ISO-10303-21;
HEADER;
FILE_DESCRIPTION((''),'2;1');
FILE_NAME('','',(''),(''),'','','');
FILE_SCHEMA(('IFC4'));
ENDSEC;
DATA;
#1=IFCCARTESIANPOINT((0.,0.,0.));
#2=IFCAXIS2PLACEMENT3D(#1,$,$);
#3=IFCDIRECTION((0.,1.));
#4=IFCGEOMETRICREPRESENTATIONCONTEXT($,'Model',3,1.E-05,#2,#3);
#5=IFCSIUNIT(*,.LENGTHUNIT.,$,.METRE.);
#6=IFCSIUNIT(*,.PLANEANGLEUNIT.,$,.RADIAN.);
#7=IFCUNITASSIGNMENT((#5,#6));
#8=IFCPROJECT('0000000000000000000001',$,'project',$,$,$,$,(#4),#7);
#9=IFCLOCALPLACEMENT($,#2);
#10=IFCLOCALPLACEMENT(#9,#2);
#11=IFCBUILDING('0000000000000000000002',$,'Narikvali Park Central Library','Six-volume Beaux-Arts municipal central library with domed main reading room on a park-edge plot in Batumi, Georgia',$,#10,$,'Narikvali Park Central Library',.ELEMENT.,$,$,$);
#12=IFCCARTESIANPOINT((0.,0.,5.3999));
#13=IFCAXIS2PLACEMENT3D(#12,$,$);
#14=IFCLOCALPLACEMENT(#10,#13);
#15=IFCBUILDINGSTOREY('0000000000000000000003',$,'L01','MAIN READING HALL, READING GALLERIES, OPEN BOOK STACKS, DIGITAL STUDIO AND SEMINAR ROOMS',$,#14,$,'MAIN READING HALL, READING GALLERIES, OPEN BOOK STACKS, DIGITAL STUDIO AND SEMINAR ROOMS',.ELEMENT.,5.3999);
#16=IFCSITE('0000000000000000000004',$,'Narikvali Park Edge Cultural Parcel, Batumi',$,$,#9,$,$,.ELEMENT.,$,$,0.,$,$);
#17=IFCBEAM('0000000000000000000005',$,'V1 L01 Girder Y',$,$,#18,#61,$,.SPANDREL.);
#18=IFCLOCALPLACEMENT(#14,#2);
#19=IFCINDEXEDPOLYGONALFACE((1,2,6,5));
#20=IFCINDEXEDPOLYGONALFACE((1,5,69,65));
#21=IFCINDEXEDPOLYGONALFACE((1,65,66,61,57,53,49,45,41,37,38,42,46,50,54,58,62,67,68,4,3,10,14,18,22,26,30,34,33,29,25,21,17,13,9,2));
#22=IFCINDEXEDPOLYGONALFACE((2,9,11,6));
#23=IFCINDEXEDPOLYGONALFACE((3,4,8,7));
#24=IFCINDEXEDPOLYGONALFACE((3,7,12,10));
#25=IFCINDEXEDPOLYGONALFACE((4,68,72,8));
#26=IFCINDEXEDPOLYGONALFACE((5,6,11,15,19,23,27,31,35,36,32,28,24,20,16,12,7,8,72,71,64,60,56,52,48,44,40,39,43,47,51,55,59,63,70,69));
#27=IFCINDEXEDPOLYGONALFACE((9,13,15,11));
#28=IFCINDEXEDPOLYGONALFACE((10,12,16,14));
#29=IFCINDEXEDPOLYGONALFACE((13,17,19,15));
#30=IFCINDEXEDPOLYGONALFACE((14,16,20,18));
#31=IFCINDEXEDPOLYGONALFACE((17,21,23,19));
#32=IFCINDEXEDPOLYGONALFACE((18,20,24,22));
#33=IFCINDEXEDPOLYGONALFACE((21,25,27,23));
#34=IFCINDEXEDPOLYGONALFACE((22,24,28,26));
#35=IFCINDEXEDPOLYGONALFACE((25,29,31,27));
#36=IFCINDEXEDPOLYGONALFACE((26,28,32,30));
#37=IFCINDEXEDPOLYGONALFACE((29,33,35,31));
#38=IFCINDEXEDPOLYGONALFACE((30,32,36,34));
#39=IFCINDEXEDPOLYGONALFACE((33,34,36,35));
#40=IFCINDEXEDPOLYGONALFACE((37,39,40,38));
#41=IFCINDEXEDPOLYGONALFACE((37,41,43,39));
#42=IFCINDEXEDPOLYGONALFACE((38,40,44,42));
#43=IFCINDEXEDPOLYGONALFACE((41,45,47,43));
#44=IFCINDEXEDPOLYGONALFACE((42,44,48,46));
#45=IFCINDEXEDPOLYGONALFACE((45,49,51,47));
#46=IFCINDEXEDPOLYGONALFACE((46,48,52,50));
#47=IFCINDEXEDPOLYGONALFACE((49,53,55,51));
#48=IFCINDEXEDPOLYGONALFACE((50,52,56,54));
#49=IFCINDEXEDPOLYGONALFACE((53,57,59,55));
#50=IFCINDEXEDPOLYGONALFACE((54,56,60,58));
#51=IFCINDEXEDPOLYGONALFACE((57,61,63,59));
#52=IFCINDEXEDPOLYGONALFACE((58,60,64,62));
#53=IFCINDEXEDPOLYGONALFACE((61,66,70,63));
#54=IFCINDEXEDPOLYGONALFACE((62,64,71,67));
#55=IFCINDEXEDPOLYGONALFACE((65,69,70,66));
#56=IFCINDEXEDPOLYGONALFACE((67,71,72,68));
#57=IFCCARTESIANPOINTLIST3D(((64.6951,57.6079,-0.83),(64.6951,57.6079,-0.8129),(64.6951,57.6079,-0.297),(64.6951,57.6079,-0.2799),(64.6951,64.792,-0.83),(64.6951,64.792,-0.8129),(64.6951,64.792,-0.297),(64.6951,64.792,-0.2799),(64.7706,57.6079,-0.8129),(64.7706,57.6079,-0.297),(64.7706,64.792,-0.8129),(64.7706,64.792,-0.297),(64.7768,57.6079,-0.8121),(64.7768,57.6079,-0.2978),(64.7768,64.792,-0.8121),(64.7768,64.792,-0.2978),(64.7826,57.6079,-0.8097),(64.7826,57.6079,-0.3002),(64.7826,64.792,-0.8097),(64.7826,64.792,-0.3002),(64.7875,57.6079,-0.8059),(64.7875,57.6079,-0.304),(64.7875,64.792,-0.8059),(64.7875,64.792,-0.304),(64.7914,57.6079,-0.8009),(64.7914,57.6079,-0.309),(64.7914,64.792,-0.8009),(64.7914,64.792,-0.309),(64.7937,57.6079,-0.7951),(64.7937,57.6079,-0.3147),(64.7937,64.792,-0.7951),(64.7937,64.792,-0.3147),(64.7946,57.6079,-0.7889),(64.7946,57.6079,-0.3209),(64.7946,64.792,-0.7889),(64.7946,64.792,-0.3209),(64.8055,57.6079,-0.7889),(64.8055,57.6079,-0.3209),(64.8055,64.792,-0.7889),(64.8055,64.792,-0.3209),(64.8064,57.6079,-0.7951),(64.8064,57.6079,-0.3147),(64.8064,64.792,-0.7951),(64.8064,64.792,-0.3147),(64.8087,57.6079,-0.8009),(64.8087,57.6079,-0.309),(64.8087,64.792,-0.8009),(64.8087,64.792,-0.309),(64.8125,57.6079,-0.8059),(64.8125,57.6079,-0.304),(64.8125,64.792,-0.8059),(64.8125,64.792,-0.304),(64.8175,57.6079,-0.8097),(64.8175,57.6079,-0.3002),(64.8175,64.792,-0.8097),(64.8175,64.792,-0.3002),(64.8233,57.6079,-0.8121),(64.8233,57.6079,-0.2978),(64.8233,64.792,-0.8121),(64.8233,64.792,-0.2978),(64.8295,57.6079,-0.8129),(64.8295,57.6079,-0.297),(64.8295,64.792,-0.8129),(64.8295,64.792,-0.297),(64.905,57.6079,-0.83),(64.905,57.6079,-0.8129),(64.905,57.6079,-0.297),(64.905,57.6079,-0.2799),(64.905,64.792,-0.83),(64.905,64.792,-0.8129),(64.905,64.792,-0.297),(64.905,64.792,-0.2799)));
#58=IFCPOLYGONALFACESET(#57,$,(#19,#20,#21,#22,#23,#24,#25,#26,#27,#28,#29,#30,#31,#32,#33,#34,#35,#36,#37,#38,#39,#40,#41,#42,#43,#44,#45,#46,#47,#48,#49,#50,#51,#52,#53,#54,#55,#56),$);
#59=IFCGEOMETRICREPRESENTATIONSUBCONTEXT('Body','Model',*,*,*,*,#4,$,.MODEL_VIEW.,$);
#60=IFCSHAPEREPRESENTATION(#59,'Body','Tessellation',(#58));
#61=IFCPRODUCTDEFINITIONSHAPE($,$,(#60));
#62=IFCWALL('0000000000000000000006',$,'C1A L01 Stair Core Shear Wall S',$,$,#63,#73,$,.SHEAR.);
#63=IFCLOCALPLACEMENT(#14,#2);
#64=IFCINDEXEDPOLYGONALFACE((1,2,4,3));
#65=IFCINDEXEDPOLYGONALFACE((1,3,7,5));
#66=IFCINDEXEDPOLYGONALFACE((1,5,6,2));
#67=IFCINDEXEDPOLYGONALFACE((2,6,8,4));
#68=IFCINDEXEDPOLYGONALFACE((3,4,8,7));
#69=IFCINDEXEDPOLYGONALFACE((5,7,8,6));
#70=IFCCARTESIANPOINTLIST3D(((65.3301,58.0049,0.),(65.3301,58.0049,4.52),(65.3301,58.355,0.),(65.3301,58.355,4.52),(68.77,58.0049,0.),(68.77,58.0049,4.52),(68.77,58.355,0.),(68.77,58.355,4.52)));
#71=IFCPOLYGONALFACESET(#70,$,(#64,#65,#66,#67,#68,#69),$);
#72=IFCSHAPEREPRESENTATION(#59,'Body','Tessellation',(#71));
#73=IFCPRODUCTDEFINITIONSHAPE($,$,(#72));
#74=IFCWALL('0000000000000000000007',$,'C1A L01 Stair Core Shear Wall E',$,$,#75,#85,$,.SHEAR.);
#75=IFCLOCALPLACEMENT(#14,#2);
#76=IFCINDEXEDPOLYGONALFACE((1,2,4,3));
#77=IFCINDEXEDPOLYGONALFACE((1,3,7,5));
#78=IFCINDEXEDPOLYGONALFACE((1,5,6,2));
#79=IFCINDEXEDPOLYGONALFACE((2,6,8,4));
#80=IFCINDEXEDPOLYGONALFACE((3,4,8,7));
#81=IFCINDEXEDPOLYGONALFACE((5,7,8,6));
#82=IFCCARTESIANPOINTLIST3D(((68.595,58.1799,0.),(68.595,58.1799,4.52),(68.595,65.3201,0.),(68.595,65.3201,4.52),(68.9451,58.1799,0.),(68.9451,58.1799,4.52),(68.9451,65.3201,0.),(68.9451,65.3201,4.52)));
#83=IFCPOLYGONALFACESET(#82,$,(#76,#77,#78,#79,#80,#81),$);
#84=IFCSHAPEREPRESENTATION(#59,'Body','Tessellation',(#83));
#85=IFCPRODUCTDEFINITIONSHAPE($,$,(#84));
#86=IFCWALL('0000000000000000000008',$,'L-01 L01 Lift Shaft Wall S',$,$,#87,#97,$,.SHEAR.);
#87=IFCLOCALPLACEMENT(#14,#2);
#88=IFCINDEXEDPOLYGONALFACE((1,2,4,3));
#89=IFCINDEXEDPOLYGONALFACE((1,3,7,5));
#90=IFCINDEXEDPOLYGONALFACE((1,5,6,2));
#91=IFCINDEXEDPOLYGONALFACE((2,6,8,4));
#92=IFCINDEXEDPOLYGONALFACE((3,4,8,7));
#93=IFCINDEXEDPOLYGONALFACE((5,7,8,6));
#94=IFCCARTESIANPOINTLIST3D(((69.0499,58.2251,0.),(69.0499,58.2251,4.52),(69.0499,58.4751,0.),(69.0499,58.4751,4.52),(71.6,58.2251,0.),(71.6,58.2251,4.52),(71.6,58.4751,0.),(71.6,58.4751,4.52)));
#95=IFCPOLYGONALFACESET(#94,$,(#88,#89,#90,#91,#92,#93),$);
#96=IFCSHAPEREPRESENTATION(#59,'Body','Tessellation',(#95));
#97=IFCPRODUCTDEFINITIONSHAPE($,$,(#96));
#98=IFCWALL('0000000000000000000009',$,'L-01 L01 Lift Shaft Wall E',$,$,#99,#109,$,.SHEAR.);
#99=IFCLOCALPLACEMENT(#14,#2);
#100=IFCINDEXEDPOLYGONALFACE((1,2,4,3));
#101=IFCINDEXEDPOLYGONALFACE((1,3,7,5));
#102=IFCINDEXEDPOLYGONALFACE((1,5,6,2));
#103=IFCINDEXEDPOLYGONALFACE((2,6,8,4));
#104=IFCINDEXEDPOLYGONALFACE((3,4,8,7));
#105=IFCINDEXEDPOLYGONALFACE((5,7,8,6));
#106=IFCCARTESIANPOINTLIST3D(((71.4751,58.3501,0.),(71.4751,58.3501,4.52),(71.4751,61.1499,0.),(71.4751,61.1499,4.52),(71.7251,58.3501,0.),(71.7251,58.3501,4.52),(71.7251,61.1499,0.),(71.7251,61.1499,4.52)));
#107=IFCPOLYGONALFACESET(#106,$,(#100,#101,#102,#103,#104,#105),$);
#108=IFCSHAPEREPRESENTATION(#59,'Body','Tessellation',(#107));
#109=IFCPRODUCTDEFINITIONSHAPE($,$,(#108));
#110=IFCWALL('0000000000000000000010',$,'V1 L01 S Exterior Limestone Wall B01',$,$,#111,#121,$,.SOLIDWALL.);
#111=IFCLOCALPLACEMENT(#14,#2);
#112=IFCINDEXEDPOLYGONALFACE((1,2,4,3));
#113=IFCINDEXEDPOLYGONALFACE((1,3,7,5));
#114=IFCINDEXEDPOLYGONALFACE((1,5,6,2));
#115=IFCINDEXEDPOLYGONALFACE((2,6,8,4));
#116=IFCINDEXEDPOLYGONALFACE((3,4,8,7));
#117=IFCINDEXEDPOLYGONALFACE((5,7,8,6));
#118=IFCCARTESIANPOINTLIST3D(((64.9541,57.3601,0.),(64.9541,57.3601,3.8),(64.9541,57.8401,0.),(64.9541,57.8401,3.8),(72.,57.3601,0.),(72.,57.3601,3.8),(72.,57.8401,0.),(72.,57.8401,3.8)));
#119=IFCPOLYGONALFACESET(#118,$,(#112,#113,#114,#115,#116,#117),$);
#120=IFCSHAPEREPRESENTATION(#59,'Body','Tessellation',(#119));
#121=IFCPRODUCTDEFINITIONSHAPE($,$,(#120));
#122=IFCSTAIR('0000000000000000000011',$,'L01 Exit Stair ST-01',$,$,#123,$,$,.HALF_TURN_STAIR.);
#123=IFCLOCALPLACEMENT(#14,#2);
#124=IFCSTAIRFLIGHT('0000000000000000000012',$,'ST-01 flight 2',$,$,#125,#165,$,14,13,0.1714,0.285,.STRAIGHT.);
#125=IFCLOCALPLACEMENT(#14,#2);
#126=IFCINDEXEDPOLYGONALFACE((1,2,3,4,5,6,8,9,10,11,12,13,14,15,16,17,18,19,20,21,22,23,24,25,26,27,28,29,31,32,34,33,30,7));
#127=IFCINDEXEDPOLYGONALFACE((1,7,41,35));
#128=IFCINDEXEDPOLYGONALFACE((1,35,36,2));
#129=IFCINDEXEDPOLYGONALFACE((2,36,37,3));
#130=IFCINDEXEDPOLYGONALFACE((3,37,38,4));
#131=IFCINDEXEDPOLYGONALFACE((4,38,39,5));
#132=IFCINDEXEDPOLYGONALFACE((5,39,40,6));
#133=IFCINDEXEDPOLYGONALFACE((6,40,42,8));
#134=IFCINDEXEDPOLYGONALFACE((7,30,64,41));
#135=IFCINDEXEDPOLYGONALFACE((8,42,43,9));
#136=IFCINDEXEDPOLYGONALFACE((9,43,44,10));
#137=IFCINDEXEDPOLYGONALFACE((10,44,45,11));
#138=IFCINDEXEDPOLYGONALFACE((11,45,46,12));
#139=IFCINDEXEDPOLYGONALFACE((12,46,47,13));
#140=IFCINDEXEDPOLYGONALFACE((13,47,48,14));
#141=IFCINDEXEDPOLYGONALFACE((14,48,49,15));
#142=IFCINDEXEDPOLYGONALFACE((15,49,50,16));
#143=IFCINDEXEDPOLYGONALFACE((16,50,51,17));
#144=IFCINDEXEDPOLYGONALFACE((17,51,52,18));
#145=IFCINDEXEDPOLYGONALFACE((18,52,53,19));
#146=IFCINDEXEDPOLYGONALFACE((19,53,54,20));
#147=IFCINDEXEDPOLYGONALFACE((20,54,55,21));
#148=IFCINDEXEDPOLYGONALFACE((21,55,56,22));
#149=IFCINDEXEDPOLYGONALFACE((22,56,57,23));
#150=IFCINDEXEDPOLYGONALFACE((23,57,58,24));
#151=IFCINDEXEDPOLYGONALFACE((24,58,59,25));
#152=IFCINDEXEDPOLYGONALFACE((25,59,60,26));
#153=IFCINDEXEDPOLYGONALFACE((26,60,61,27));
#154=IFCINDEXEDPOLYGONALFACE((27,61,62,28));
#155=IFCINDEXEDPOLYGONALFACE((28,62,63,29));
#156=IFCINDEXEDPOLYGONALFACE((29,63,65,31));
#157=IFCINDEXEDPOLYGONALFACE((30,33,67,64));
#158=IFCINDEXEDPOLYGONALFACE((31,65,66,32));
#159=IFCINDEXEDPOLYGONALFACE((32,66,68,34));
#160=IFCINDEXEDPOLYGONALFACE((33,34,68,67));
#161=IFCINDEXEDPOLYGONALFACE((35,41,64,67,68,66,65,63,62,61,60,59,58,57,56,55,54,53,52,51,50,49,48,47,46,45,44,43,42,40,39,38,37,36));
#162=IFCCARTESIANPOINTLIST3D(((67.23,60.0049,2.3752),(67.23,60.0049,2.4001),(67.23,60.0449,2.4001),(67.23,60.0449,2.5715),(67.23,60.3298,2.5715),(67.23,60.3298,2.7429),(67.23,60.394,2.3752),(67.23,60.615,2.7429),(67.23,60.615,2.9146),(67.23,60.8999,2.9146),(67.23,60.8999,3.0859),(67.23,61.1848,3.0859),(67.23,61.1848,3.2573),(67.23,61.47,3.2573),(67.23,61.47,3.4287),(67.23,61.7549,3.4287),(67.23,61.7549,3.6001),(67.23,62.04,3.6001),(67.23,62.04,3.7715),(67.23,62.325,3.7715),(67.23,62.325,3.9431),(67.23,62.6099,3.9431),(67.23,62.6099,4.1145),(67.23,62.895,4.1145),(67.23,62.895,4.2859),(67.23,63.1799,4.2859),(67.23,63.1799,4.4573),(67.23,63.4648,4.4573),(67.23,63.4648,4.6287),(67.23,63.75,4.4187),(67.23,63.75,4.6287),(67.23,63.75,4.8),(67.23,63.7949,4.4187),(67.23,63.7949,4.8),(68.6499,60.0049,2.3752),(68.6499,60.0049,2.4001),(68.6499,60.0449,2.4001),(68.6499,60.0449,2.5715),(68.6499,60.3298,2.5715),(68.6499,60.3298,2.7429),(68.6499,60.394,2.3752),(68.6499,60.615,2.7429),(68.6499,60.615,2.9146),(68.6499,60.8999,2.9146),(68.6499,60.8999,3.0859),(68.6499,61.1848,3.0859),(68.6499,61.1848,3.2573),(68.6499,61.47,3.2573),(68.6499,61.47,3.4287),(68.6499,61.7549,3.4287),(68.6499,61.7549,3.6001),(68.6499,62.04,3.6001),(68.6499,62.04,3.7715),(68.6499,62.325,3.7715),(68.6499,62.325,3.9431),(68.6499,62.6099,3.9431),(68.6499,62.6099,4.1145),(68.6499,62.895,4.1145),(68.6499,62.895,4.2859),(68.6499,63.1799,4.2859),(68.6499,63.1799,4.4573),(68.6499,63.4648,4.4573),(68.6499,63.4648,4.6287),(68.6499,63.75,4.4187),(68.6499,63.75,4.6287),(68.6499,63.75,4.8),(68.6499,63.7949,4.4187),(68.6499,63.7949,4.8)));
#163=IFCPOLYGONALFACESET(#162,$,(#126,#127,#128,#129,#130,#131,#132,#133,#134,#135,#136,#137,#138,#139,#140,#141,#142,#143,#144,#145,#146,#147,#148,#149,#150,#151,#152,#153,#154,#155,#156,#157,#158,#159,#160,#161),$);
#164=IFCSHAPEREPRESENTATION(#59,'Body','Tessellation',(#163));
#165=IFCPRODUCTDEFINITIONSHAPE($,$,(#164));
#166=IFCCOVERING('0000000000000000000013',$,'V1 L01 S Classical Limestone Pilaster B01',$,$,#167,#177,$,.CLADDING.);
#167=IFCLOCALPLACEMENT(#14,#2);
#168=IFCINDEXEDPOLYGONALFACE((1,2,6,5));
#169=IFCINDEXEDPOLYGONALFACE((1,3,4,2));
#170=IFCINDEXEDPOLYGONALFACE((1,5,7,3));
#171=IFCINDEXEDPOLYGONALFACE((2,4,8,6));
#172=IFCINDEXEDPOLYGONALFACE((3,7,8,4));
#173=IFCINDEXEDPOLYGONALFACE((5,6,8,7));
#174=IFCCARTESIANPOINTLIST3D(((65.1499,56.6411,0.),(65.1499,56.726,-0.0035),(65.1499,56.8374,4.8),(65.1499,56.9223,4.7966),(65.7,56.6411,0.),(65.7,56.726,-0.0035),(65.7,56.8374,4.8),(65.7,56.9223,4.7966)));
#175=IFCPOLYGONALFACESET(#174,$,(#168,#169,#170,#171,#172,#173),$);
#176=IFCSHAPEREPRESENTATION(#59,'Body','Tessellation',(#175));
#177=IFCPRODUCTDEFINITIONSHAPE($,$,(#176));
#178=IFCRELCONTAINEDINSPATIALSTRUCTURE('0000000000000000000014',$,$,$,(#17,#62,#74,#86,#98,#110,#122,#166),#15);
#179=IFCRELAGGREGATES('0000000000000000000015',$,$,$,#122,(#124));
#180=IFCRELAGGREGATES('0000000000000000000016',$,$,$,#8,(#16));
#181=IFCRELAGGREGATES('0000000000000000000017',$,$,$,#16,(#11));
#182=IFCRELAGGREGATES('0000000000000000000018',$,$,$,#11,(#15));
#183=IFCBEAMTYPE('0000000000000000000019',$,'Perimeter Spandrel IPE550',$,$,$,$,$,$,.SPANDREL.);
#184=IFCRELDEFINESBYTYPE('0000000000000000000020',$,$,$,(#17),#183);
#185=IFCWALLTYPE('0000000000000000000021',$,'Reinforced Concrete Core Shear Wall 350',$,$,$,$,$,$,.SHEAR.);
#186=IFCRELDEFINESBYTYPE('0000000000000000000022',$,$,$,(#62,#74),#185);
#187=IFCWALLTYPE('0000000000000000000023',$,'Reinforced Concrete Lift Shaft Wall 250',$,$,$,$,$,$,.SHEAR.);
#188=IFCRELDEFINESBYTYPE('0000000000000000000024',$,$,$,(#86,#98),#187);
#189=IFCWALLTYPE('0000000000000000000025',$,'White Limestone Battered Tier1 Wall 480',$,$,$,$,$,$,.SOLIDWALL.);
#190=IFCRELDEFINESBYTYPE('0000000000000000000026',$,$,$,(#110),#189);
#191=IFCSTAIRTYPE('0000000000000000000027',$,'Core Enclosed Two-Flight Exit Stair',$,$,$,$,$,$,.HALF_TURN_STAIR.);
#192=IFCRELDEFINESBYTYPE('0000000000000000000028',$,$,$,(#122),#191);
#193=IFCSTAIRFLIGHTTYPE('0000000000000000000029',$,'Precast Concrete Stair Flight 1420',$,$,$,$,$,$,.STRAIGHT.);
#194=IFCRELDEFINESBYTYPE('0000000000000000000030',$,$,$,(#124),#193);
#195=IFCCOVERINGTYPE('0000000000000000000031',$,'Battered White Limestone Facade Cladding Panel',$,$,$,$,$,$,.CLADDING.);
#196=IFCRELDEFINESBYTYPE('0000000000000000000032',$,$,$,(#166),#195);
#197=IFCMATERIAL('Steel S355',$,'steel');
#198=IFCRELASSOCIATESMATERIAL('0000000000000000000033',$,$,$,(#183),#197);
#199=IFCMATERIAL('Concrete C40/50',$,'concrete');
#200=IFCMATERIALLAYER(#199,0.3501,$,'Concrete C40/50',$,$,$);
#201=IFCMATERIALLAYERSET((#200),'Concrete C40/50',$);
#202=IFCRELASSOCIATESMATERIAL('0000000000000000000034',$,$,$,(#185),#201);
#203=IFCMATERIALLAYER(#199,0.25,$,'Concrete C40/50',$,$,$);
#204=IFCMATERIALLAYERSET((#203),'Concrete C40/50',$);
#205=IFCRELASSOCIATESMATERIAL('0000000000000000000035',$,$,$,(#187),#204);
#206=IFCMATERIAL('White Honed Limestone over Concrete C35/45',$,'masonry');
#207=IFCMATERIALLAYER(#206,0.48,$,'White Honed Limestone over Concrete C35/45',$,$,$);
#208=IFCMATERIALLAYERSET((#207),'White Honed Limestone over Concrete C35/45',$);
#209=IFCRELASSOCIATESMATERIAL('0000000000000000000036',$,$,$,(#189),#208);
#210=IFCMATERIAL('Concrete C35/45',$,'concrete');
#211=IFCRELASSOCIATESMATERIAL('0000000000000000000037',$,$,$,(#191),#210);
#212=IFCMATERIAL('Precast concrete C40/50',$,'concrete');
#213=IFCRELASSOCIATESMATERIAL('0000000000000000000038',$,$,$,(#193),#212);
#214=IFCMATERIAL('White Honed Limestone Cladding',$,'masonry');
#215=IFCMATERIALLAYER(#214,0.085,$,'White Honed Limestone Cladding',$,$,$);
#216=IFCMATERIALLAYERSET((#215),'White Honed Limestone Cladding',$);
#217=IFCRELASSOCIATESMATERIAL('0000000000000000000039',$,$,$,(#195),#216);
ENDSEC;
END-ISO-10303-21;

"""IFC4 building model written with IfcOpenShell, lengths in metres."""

from ifc_helpers import new_model, si_unit, direction, frame, frame_2d, origin, origin_2d, place, context, subcontext, project, spatial, polyline, rectangle, i_section, outline, extrude, material, layer, layer_set, material_profile, profile_set, type_object, element, aggregate, save


model = new_model("IFC4")

# Units and contexts
model_context = context("Model", 3, precision=1e-05, world=origin(), true_north=direction((0.0, 1.0)))
body_context = subcontext(model_context, "Body", "Model", "MODEL_VIEW")
ifc_project = project(units=[si_unit("LENGTHUNIT", "METRE"), si_unit("PLANEANGLEUNIT", "RADIAN")], contexts=[model_context])

# Site, building, storey
site_placement = place(None, origin())
site = spatial("IfcSite", under=ifc_project, at=site_placement, Name="Narikvali Park Edge Cultural Parcel, Batumi", CompositionType="ELEMENT", RefElevation=0.0)
building_placement = place(site_placement, origin())
building = spatial("IfcBuilding", under=site, at=building_placement, Name="Narikvali Park Central Library", Description="Six-volume Beaux-Arts municipal central library with domed main reading room on a park-edge plot in Batumi, Georgia", LongName="Narikvali Park Central Library", CompositionType="ELEMENT")
storey_placement = place(building_placement, frame((0.0, 0.0, 5.3999)))
storey = spatial("IfcBuildingStorey", under=building, at=storey_placement, Name="L01", Description="MAIN READING HALL, READING GALLERIES, OPEN BOOK STACKS, DIGITAL STUDIO AND SEMINAR ROOMS", LongName="MAIN READING HALL, READING GALLERIES, OPEN BOOK STACKS, DIGITAL STUDIO AND SEMINAR ROOMS", CompositionType="ELEMENT", Elevation=5.3999)

# Shared definitions
ifc_material_1 = material(Name="Steel S355", Category="steel")

# Beam
ifc_material_profile_1 = material_profile(ifc_material_1, i_section(OverallWidth=0.21, OverallDepth=0.55, WebThickness=0.011, FlangeThickness=0.0171, FilletRadius=0.0239, at=origin_2d()), Name="IPE 550")
ifc_profile_set_1 = profile_set([ifc_material_profile_1], Name="Steel S355")
beam_type_1 = type_object("IfcBeamType", Name="Perimeter Spandrel IPE550", PredefinedType="SPANDREL", material=ifc_profile_set_1)
beam_1_placement = place(storey_placement, frame((64.8, 57.6079, -0.5549), z_axis=(0.0, 1.0, 0.0), x_axis=(-1.0, 0.0, 0.0)))
element("IfcBeam", 1, at=beam_1_placement, inside=storey, type_object=beam_type_1, Name="V1 L01 Girder Y", PredefinedType="SPANDREL", context=body_context, shape_type="SweptSolid", body=[
    extrude(i_section(OverallWidth=0.21, OverallDepth=0.55, WebThickness=0.011, FlangeThickness=0.0171, FilletRadius=0.0239, at=origin_2d()), origin(), (0.0, 0.0, 1.0), 7.1841),
])

# Walls
ifc_material_2 = material(Name="Concrete C40/50", Category="concrete")
ifc_layer_1 = layer(ifc_material_2, 0.3501, Name="Concrete C40/50")
ifc_layer_set_1 = layer_set([ifc_layer_1], Name="Concrete C40/50")
wall_type_1 = type_object("IfcWallType", Name="Reinforced Concrete Core Shear Wall 350", PredefinedType="SHEAR", material=ifc_layer_set_1)
wall_1_placement = place(storey_placement, frame((65.3301, 58.1799, 0.0), z_axis=(0.0, 0.0, 1.0), x_axis=(1.0, 0.0, 0.0)))
element("IfcWall", 2, at=wall_1_placement, inside=storey, type_object=wall_type_1, Name="C1A L01 Stair Core Shear Wall S", PredefinedType="SHEAR", context=body_context, shape_type="SweptSolid", body=[
    extrude(rectangle(XDim=3.4399, YDim=0.3501, at=frame_2d((1.72, 0.0))), origin(), (0.0, 0.0, 1.0), 4.52),
])
wall_2_placement = place(storey_placement, frame((68.77, 58.1799, 0.0), z_axis=(0.0, 0.0, 1.0), x_axis=(0.0, 1.0, 0.0)))
element("IfcWall", 3, at=wall_2_placement, inside=storey, type_object=wall_type_1, Name="C1A L01 Stair Core Shear Wall E", PredefinedType="SHEAR", context=body_context, shape_type="SweptSolid", body=[
    extrude(rectangle(XDim=7.1401, YDim=0.3501, at=frame_2d((3.5701, 0.0))), origin(), (0.0, 0.0, 1.0), 4.52),
])
ifc_layer_2 = layer(ifc_material_2, 0.25, Name="Concrete C40/50")
ifc_layer_set_2 = layer_set([ifc_layer_2], Name="Concrete C40/50")
wall_type_2 = type_object("IfcWallType", Name="Reinforced Concrete Lift Shaft Wall 250", PredefinedType="SHEAR", material=ifc_layer_set_2)
wall_3_placement = place(storey_placement, frame((69.05, 58.3501, 0.0), z_axis=(0.0, 0.0, 1.0), x_axis=(1.0, 0.0, 0.0)))
element("IfcWall", 4, at=wall_3_placement, inside=storey, type_object=wall_type_2, Name="L-01 L01 Lift Shaft Wall S", PredefinedType="SHEAR", context=body_context, shape_type="SweptSolid", body=[
    extrude(rectangle(XDim=2.55, YDim=0.25, at=frame_2d((1.2749, 0.0))), origin(), (0.0, 0.0, 1.0), 4.52),
])
wall_4_placement = place(storey_placement, frame((71.6001, 58.3501, 0.0), z_axis=(0.0, 0.0, 1.0), x_axis=(0.0, 1.0, 0.0)))
element("IfcWall", 5, at=wall_4_placement, inside=storey, type_object=wall_type_2, Name="L-01 L01 Lift Shaft Wall E", PredefinedType="SHEAR", context=body_context, shape_type="SweptSolid", body=[
    extrude(rectangle(XDim=2.7998, YDim=0.25, at=frame_2d((1.3999, 0.0))), origin(), (0.0, 0.0, 1.0), 4.52),
])
ifc_material_3 = material(Name="White Honed Limestone over Concrete C35/45", Category="masonry")
ifc_layer_3 = layer(ifc_material_3, 0.48, Name="White Honed Limestone over Concrete C35/45")
ifc_layer_set_3 = layer_set([ifc_layer_3], Name="White Honed Limestone over Concrete C35/45")
wall_type_3 = type_object("IfcWallType", Name="White Limestone Battered Tier1 Wall 480", PredefinedType="SOLIDWALL", material=ifc_layer_set_3)
wall_5_placement = place(storey_placement, frame((64.9541, 57.6001, 0.0), z_axis=(0.0, 0.0, 1.0), x_axis=(1.0, 0.0, 0.0)))
element("IfcWall", 6, at=wall_5_placement, inside=storey, type_object=wall_type_3, Name="V1 L01 S Exterior Limestone Wall B01", PredefinedType="SOLIDWALL", context=body_context, shape_type="SweptSolid", body=[
    extrude(rectangle(XDim=7.0459, YDim=0.48, at=frame_2d((3.5229, 0.0))), origin(), (0.0, 0.0, 1.0), 3.8),
])

# Stair, stair flight
ifc_material_4 = material(Name="Concrete C35/45", Category="concrete")
stair_type = type_object("IfcStairType", Name="Core Enclosed Two-Flight Exit Stair", PredefinedType="HALF_TURN_STAIR", material=ifc_material_4)
stair_placement = place(storey_placement, origin())
stair = element("IfcStair", 7, at=stair_placement, inside=storey, type_object=stair_type, Name="L01 Exit Stair ST-01", PredefinedType="HALF_TURN_STAIR")
ifc_material_5 = material(Name="Precast concrete C40/50", Category="concrete")
stair_flight_type = type_object("IfcStairFlightType", Name="Precast Concrete Stair Flight 1420", PredefinedType="STRAIGHT", material=ifc_material_5)
stair_flight_placement = place(storey_placement, frame((67.9399, 60.0449, 2.4001), z_axis=(0.0, 0.0, 1.0), x_axis=(0.0, 1.0, 0.0)))
stair_flight = element("IfcStairFlight", 8, at=stair_flight_placement, type_object=stair_flight_type, Name="ST-01 flight 2", NumberOfRisers=14, NumberOfTreads=13, PredefinedType="STRAIGHT", RiserHeight=0.1714, TreadLength=0.285, context=body_context, shape_type="SweptSolid", body=[
    extrude(outline(polyline([(-0.04, -0.0249), (-0.04, 0.0), (0.0, 0.0), (0.0, 0.1714), (0.2849, 0.1714), (0.2849, 0.3428), (0.5701, 0.3428), (0.5701, 0.5144), (0.855, 0.5144), (0.855, 0.6858), (1.1399, 0.6858), (1.1399, 0.8572), (1.425, 0.8572), (1.425, 1.0286), (1.71, 1.0286), (1.71, 1.2), (1.9951, 1.2), (1.9951, 1.3713), (2.28, 1.3713), (2.28, 1.543), (2.5649, 1.543), (2.5649, 1.7144), (2.8501, 1.7144), (2.8501, 1.8857), (3.135, 1.8857), (3.135, 2.0571), (3.4199, 2.0571), (3.4199, 2.2285), (3.7051, 2.2285), (3.7051, 2.3999), (3.75, 2.3999), (3.75, 2.0186), (3.7051, 2.0186), (0.3491, -0.0249), (-0.04, -0.0249)])), frame((0.0, 0.71, 0.0), z_axis=(0.0, -1.0, 0.0), x_axis=(1.0, 0.0, 0.0)), (0.0, 0.0, 1.0), 1.4199),
])
aggregate(stair, [stair_flight])

# Covering
ifc_material_6 = material(Name="White Honed Limestone Cladding", Category="masonry")
ifc_layer_4 = layer(ifc_material_6, 0.085, Name="White Honed Limestone Cladding")
ifc_layer_set_4 = layer_set([ifc_layer_4], Name="White Honed Limestone Cladding")
covering_type = type_object("IfcCoveringType", Name="Battered White Limestone Facade Cladding Panel", PredefinedType="CLADDING", material=ifc_layer_set_4)
covering_1_placement = place(storey_placement, frame((65.1499, 56.6411, 0.0), z_axis=(0.0, -0.999165, 0.040859), x_axis=(1.0, 0.0, 0.0)))
element("IfcCovering", 9, at=covering_1_placement, inside=storey, type_object=covering_type, Name="V1 L01 S Classical Limestone Pilaster B01", PredefinedType="CLADDING", context=body_context, shape_type="SweptSolid", body=[
    extrude(outline(polyline([(0.0, 0.0), (0.55, 0.0), (0.55, 4.8041), (0.0, 4.8041), (0.0, 0.0)])), origin(), (0.0, 0.0, -1.0), 0.085),
])

save(model, "model.ifc")
